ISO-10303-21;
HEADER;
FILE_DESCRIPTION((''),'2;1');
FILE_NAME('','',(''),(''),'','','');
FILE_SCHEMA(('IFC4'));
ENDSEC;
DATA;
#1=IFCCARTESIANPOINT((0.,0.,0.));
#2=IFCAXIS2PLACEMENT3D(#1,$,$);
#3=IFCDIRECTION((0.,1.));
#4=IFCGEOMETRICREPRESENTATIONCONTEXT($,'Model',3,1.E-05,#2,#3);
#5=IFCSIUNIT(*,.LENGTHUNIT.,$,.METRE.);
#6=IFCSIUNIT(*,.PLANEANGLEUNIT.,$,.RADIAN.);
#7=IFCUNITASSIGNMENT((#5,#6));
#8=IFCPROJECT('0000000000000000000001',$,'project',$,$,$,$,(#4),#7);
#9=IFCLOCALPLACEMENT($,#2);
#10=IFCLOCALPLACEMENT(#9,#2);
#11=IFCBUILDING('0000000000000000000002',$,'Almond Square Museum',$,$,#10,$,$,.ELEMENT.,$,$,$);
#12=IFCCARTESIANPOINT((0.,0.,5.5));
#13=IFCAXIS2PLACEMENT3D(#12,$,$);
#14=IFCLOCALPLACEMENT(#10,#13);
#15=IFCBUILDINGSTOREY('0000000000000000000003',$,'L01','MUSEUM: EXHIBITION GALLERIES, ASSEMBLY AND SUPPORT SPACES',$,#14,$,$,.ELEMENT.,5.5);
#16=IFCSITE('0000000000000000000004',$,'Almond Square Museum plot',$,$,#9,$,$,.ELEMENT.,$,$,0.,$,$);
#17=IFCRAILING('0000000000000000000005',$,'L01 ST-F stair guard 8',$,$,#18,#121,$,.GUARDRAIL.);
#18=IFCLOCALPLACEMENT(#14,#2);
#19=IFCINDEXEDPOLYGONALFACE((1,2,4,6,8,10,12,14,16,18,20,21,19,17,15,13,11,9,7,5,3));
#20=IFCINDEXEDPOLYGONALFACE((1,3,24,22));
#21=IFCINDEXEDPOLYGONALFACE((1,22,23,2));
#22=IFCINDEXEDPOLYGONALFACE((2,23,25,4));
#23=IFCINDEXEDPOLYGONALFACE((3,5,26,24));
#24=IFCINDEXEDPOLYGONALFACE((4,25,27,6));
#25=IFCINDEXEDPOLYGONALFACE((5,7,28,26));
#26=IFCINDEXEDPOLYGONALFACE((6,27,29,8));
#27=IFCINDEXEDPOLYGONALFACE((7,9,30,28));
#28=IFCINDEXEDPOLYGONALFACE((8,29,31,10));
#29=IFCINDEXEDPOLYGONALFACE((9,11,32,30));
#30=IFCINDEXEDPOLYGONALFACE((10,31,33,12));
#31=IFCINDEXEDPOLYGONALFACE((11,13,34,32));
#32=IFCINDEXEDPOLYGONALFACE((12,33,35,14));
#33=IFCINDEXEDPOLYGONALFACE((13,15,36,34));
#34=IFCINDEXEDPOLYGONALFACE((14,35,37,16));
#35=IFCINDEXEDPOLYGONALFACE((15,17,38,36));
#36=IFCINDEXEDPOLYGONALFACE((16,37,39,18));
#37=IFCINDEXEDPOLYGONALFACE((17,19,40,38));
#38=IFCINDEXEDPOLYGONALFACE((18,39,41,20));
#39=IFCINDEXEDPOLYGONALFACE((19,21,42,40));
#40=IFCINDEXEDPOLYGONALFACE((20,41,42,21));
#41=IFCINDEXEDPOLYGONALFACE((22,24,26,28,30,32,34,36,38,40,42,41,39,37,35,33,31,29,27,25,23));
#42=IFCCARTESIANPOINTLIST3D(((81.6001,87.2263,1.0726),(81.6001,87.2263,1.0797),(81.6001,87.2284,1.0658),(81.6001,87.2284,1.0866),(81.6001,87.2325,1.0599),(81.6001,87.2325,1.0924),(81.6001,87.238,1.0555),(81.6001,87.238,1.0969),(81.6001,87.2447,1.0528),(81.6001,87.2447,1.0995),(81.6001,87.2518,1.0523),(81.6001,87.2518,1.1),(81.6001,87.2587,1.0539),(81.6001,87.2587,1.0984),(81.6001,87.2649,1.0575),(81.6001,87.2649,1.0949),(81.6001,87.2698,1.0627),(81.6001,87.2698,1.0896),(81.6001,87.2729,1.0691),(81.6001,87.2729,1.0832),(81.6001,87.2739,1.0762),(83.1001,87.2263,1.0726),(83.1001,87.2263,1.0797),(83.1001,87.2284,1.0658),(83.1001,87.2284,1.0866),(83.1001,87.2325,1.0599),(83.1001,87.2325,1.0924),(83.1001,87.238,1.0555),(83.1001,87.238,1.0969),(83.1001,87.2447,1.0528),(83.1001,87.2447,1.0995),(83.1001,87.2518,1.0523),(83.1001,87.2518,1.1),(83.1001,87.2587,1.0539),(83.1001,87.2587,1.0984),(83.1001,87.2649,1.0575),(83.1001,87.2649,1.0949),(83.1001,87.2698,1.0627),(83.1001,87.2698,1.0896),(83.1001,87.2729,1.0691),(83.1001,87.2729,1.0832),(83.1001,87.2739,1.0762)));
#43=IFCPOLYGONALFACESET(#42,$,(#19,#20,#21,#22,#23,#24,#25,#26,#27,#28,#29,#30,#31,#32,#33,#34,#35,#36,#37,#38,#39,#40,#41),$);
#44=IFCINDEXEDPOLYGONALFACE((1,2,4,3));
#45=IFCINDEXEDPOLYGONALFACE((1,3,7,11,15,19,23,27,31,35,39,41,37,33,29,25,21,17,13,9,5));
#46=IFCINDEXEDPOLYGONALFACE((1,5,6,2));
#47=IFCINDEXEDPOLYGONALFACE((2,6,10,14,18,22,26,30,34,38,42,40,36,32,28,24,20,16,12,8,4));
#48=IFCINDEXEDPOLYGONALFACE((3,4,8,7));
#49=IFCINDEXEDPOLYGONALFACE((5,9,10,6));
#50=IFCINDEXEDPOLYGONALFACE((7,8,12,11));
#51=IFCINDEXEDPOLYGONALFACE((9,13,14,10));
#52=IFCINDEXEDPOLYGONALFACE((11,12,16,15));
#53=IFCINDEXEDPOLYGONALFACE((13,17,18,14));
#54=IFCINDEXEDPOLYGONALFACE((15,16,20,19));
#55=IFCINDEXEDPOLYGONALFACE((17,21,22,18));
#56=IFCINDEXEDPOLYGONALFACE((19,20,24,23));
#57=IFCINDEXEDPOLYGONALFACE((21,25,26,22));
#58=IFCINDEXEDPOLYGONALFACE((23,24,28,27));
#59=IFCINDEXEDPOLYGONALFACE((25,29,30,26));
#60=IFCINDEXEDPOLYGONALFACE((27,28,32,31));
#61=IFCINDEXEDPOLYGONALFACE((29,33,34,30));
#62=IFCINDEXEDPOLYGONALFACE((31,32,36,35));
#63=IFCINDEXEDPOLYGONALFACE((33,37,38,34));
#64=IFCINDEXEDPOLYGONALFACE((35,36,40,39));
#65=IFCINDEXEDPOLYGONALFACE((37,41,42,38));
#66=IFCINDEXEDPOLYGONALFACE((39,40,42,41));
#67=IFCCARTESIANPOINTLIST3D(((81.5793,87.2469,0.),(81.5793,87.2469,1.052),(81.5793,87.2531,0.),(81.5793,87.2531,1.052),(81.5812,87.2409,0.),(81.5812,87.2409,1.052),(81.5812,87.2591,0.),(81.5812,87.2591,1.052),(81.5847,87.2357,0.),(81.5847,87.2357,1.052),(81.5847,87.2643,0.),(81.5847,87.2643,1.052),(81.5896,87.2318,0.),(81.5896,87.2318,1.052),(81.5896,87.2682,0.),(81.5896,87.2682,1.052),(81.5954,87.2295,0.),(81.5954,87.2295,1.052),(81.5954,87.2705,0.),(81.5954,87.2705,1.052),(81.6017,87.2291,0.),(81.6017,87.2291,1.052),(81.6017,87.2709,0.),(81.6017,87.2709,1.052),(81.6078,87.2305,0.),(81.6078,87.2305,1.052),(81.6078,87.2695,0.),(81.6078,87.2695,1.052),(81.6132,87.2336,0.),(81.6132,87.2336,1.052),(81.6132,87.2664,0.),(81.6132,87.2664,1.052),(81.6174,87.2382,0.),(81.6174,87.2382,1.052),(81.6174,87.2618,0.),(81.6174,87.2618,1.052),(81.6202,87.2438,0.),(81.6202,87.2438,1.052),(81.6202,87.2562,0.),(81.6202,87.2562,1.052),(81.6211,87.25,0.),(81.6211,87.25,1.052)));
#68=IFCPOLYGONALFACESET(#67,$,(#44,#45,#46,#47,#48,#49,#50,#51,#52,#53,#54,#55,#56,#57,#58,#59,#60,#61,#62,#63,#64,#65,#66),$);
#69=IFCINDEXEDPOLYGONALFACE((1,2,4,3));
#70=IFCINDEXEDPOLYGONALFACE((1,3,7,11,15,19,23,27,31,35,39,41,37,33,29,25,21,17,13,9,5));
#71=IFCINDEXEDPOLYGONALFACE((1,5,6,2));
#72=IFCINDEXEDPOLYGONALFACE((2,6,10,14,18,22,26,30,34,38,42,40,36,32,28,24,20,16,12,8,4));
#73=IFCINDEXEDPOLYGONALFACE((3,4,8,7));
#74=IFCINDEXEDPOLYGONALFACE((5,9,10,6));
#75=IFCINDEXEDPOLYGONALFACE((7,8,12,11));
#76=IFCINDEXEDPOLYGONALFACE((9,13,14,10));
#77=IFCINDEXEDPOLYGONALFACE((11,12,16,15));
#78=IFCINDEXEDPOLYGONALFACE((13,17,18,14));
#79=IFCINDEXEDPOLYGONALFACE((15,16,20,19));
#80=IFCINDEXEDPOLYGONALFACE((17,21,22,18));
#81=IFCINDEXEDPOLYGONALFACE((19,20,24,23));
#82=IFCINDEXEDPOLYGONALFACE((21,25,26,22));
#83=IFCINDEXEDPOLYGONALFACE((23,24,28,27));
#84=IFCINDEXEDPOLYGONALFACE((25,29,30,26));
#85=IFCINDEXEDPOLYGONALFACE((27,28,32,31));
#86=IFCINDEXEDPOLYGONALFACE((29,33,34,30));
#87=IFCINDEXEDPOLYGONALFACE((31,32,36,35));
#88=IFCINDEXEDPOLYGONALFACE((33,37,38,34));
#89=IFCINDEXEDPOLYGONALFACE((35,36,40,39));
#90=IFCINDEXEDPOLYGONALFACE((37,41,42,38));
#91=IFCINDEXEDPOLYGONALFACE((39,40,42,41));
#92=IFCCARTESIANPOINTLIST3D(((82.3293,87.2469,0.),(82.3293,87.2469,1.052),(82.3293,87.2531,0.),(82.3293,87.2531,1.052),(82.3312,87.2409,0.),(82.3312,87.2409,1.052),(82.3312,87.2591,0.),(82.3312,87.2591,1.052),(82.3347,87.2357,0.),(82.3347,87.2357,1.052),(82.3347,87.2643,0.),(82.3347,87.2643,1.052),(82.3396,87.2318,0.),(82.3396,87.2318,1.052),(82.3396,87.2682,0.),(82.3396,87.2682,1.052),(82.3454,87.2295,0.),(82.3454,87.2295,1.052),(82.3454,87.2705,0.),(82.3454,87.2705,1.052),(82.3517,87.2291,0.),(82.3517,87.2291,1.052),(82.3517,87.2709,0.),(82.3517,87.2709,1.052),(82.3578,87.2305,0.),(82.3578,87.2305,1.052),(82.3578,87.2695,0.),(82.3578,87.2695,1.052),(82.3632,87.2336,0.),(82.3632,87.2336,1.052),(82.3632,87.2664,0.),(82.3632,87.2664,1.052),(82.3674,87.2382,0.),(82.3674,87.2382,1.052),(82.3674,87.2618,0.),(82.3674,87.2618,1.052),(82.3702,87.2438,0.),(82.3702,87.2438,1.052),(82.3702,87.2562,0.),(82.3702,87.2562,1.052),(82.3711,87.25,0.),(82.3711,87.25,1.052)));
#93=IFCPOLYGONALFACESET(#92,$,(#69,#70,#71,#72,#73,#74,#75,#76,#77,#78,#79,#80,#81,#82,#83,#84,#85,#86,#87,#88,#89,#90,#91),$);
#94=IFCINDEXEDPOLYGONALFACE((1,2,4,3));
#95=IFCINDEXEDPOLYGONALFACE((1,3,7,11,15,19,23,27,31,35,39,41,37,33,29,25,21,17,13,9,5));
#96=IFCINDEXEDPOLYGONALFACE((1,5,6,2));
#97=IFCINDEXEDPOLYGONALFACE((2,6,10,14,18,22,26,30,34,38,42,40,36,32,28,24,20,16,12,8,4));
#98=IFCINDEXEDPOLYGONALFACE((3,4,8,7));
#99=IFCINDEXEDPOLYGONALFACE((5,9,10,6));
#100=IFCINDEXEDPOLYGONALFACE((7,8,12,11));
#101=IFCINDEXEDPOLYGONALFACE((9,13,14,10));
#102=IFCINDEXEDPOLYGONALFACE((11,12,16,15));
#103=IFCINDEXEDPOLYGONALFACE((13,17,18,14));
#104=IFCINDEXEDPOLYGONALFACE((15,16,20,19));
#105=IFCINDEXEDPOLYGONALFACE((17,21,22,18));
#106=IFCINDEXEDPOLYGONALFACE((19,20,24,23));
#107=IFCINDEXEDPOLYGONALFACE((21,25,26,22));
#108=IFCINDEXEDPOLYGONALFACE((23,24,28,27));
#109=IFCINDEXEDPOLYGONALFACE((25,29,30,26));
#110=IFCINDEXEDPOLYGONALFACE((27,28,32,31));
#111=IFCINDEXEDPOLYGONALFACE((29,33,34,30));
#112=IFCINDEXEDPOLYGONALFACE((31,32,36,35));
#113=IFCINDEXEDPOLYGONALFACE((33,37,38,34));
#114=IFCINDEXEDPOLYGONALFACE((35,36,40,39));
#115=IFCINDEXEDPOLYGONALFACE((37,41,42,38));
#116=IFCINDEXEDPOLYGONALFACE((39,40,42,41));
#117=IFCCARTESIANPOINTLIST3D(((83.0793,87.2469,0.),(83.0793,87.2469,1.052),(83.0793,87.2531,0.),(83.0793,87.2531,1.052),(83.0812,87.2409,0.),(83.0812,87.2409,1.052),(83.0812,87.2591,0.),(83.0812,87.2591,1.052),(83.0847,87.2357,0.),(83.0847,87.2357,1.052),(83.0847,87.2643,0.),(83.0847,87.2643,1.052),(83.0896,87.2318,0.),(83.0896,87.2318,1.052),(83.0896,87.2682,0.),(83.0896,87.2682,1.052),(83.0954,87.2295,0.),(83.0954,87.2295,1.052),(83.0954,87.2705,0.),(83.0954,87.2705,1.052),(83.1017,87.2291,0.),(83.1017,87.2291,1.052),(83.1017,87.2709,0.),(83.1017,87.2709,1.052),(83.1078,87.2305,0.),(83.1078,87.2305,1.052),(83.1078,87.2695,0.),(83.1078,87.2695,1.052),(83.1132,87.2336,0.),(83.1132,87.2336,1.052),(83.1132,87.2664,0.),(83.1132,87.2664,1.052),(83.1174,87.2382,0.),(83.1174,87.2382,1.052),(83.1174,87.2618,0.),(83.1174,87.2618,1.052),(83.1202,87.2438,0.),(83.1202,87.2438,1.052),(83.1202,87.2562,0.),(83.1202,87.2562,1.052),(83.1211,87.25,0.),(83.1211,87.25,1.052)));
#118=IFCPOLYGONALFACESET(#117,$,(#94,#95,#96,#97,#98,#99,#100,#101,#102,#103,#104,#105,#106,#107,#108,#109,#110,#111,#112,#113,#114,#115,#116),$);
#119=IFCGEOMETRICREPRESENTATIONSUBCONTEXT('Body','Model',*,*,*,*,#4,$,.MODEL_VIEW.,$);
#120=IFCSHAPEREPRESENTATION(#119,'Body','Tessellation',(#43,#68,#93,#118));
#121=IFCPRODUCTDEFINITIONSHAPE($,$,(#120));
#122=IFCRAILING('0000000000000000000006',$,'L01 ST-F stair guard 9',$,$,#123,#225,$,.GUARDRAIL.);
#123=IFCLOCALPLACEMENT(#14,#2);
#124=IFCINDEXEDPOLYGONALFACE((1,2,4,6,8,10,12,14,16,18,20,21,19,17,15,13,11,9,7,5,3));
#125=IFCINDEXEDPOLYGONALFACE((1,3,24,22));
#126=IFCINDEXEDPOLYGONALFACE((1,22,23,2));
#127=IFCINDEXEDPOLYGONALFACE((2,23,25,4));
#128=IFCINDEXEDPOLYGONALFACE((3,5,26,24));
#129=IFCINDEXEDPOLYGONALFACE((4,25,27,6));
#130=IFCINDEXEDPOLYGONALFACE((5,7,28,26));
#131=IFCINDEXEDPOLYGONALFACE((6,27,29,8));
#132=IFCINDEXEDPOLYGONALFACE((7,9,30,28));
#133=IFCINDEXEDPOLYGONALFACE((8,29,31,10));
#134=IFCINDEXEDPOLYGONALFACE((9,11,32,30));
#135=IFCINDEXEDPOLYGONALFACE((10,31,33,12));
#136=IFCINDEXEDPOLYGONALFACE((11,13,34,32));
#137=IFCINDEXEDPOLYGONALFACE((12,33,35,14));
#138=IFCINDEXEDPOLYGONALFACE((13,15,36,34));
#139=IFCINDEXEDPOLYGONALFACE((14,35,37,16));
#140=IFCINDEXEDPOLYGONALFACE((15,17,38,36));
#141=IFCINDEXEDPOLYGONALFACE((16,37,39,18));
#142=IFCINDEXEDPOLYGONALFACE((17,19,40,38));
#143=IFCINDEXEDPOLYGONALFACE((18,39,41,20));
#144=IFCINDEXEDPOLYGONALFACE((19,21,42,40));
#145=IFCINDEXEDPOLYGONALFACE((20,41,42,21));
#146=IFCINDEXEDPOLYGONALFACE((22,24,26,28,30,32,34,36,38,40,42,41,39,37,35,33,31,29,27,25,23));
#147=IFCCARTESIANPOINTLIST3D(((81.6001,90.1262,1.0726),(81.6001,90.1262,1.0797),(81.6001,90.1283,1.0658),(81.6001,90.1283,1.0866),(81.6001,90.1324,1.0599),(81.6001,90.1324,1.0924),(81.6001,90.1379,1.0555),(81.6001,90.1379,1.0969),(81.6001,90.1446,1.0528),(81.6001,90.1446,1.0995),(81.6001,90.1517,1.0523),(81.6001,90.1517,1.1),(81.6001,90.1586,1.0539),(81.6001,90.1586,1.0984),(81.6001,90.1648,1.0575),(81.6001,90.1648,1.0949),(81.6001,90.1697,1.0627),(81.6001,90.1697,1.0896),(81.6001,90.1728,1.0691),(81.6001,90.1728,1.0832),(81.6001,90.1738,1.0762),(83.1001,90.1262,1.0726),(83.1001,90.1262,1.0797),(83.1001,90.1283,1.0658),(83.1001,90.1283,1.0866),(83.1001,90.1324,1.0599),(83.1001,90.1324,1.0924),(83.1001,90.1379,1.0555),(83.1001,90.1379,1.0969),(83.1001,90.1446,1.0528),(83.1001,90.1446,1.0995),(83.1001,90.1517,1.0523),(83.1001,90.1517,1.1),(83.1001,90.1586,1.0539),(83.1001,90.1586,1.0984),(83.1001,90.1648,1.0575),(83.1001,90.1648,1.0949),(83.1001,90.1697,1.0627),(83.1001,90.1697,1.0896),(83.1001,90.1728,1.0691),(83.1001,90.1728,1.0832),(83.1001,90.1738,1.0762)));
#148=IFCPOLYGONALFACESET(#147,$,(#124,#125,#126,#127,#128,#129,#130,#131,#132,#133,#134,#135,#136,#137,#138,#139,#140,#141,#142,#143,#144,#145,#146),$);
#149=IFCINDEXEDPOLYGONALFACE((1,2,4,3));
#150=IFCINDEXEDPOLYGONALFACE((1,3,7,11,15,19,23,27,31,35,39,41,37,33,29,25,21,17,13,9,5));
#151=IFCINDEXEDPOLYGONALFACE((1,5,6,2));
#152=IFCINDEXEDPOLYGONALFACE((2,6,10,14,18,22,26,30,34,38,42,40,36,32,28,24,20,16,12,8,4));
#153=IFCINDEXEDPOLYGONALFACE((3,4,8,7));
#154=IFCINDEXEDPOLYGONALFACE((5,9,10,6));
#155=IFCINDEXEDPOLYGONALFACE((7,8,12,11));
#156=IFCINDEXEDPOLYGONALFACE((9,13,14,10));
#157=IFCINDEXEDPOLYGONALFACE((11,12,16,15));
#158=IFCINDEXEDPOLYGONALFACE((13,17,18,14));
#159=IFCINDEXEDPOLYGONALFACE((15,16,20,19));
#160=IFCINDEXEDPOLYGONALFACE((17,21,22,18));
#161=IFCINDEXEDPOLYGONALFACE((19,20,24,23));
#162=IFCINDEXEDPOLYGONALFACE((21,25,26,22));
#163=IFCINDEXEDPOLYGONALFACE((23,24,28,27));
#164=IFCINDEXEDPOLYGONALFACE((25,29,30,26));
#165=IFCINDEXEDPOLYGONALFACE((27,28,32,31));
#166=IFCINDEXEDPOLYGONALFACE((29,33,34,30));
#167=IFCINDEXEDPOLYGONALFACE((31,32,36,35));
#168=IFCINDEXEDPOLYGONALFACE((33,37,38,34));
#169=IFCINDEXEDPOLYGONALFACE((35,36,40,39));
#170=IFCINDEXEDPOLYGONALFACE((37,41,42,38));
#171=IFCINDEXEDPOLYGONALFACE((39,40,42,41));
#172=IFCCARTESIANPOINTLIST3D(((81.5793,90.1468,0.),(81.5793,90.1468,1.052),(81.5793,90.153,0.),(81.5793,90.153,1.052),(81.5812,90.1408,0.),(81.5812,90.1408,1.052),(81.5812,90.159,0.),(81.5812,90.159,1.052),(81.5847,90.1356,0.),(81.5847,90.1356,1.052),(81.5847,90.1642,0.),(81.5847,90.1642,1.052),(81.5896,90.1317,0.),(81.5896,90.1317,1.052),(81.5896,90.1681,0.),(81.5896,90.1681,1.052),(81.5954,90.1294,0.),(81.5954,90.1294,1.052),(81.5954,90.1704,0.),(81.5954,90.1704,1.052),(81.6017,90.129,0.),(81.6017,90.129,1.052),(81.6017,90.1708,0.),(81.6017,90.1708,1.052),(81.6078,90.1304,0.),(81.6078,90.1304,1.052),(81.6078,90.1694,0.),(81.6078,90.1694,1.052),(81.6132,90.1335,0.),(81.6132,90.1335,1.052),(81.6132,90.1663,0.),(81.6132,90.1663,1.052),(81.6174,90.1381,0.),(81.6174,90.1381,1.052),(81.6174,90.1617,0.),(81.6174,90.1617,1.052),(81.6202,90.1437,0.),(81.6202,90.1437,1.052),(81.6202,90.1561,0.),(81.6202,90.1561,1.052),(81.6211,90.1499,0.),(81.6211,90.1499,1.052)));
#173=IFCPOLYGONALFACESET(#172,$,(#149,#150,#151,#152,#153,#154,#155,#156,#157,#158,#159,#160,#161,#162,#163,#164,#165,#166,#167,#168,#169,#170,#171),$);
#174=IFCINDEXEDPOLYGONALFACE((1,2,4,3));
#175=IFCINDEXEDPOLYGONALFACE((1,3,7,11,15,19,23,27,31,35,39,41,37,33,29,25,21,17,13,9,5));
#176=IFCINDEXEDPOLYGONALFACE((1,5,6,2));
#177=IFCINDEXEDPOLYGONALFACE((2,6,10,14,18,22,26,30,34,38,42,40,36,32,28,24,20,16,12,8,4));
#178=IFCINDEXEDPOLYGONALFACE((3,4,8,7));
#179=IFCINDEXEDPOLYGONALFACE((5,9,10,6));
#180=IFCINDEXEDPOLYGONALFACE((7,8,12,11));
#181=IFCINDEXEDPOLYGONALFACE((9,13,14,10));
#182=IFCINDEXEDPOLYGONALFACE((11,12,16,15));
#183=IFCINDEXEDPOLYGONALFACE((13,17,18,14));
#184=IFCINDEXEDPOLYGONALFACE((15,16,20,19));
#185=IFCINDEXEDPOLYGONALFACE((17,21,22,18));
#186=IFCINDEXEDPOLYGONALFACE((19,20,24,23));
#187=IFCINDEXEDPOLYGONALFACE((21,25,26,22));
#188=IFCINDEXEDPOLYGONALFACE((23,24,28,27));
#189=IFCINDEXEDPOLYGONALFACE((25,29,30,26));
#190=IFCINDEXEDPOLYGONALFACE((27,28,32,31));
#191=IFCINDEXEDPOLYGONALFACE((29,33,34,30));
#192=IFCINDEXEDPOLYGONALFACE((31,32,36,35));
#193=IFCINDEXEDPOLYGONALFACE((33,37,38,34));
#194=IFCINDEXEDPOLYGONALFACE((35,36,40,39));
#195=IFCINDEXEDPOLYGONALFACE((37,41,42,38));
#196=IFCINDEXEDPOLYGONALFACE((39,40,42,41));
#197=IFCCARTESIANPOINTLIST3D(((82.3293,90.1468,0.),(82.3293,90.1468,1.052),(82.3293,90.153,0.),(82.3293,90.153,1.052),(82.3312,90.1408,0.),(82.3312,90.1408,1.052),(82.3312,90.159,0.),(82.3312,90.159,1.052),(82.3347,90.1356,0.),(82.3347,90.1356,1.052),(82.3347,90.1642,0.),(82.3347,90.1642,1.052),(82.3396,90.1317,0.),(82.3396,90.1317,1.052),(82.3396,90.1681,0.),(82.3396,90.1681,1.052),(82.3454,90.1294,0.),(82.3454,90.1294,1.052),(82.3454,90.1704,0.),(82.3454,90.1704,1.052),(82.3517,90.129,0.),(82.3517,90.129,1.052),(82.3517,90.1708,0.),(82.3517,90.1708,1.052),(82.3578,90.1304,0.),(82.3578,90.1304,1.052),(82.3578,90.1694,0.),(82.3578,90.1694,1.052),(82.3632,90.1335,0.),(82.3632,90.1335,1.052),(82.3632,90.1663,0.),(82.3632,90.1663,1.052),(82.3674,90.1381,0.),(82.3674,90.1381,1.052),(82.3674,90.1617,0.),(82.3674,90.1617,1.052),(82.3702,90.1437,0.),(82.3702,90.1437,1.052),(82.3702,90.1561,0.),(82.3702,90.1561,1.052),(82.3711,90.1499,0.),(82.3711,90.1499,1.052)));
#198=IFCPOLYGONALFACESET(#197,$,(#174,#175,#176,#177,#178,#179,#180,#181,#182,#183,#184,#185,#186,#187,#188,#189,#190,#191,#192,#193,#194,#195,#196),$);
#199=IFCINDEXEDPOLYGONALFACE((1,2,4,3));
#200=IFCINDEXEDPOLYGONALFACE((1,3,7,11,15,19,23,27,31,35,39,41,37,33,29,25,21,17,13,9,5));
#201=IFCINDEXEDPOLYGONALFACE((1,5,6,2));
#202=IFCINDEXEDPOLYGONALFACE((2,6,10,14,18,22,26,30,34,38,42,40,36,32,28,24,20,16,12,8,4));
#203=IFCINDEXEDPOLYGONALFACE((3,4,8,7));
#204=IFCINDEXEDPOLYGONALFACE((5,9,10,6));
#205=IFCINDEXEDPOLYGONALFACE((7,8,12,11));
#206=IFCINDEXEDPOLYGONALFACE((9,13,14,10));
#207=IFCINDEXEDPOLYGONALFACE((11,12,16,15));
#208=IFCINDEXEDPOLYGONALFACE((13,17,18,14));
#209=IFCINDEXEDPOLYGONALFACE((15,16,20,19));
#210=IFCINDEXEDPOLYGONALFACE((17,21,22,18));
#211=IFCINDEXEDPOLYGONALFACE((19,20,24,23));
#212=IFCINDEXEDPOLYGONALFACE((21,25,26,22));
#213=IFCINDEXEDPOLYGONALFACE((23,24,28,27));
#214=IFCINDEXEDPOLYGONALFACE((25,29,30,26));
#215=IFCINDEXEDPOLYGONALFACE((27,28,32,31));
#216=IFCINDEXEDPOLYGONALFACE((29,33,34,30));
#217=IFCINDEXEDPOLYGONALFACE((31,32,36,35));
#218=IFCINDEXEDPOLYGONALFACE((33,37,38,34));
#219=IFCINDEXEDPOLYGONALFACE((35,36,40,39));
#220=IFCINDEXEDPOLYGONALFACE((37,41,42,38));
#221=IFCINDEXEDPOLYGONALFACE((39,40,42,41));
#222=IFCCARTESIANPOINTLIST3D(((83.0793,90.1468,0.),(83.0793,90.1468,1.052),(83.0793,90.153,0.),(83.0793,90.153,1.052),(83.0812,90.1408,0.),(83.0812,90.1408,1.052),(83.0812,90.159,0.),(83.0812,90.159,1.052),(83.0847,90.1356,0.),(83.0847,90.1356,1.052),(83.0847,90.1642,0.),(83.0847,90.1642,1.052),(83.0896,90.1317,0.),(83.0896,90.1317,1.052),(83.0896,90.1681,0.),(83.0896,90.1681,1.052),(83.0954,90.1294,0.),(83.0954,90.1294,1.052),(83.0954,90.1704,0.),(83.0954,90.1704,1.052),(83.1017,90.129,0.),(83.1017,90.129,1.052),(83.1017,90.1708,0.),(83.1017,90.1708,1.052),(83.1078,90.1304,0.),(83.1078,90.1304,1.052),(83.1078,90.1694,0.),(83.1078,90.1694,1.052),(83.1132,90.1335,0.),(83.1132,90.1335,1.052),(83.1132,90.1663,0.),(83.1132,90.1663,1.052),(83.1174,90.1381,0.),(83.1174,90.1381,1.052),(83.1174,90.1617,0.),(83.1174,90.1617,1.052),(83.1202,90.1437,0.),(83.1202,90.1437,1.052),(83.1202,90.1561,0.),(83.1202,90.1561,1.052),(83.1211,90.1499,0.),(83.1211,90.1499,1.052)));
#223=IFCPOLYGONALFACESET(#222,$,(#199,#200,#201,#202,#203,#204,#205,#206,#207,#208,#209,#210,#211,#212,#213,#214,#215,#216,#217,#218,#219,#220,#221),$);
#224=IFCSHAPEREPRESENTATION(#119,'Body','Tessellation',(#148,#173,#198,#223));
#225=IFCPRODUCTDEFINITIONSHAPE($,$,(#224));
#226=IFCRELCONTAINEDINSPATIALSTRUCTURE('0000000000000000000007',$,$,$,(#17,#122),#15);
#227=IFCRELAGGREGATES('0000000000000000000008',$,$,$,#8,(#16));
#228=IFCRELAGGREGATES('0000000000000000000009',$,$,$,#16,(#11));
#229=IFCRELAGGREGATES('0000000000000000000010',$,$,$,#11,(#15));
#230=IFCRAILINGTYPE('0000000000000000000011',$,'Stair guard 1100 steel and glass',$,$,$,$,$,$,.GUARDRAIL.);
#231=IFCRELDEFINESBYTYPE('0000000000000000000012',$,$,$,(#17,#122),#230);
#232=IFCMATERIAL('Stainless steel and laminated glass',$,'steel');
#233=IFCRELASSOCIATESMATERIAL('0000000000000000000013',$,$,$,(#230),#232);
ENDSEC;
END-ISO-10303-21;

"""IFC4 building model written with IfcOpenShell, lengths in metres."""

from ifc_helpers import new_model, si_unit, direction, frame, origin, origin_2d, place, context, subcontext, project, spatial, circle, extrude, material, type_object, element, save


model = new_model("IFC4")

# Units and contexts
model_context = context("Model", 3, precision=1e-05, world=origin(), true_north=direction((0.0, 1.0)))
body_context = subcontext(model_context, "Body", "Model", "MODEL_VIEW")
ifc_project = project(units=[si_unit("LENGTHUNIT", "METRE"), si_unit("PLANEANGLEUNIT", "RADIAN")], contexts=[model_context])

# Site, building, storey
site_placement = place(None, origin())
site = spatial("IfcSite", under=ifc_project, at=site_placement, Name="Almond Square Museum plot", CompositionType="ELEMENT", RefElevation=0.0)
building_placement = place(site_placement, origin())
building = spatial("IfcBuilding", under=site, at=building_placement, Name="Almond Square Museum", CompositionType="ELEMENT")
storey_placement = place(building_placement, frame((0.0, 0.0, 5.5)))
storey = spatial("IfcBuildingStorey", under=building, at=storey_placement, Name="L01", Description="MUSEUM: EXHIBITION GALLERIES, ASSEMBLY AND SUPPORT SPACES", CompositionType="ELEMENT", Elevation=5.5)

# Railings
ifc_material_1 = material(Name="Stainless steel and laminated glass", Category="steel")
railing_type_1 = type_object("IfcRailingType", Name="Stair guard 1100 steel and glass", PredefinedType="GUARDRAIL", material=ifc_material_1)
for number, where, name in (
    (1, (81.6001, 87.25, 0.0), "L01 ST-F stair guard 8"),
    (2, (81.6001, 90.1499, 0.0), "L01 ST-F stair guard 9"),
):
    element("IfcRailing", number, at=place(storey_placement, frame(where)), inside=storey, type_object=railing_type_1, Name=name, PredefinedType="GUARDRAIL", context=body_context, shape_type="SweptSolid", body=[
        extrude(circle(Radius=0.0239, at=origin_2d()), frame((0.0, 0.0, 1.0762), z_axis=(1.0, 0.0, 0.0), x_axis=(0.0, 1.0, 0.0)), (0.0, 0.0, 1.0), 1.5),
        extrude(circle(Radius=0.021, at=origin_2d()), origin(), (0.0, 0.0, 1.0), 1.052),
        extrude(circle(Radius=0.021, at=origin_2d()), frame((0.75, 0.0, 0.0)), (0.0, 0.0, 1.0), 1.052),
        extrude(circle(Radius=0.021, at=origin_2d()), frame((1.5, 0.0, 0.0)), (0.0, 0.0, 1.0), 1.052),
    ])

save(model, "model.ifc")
